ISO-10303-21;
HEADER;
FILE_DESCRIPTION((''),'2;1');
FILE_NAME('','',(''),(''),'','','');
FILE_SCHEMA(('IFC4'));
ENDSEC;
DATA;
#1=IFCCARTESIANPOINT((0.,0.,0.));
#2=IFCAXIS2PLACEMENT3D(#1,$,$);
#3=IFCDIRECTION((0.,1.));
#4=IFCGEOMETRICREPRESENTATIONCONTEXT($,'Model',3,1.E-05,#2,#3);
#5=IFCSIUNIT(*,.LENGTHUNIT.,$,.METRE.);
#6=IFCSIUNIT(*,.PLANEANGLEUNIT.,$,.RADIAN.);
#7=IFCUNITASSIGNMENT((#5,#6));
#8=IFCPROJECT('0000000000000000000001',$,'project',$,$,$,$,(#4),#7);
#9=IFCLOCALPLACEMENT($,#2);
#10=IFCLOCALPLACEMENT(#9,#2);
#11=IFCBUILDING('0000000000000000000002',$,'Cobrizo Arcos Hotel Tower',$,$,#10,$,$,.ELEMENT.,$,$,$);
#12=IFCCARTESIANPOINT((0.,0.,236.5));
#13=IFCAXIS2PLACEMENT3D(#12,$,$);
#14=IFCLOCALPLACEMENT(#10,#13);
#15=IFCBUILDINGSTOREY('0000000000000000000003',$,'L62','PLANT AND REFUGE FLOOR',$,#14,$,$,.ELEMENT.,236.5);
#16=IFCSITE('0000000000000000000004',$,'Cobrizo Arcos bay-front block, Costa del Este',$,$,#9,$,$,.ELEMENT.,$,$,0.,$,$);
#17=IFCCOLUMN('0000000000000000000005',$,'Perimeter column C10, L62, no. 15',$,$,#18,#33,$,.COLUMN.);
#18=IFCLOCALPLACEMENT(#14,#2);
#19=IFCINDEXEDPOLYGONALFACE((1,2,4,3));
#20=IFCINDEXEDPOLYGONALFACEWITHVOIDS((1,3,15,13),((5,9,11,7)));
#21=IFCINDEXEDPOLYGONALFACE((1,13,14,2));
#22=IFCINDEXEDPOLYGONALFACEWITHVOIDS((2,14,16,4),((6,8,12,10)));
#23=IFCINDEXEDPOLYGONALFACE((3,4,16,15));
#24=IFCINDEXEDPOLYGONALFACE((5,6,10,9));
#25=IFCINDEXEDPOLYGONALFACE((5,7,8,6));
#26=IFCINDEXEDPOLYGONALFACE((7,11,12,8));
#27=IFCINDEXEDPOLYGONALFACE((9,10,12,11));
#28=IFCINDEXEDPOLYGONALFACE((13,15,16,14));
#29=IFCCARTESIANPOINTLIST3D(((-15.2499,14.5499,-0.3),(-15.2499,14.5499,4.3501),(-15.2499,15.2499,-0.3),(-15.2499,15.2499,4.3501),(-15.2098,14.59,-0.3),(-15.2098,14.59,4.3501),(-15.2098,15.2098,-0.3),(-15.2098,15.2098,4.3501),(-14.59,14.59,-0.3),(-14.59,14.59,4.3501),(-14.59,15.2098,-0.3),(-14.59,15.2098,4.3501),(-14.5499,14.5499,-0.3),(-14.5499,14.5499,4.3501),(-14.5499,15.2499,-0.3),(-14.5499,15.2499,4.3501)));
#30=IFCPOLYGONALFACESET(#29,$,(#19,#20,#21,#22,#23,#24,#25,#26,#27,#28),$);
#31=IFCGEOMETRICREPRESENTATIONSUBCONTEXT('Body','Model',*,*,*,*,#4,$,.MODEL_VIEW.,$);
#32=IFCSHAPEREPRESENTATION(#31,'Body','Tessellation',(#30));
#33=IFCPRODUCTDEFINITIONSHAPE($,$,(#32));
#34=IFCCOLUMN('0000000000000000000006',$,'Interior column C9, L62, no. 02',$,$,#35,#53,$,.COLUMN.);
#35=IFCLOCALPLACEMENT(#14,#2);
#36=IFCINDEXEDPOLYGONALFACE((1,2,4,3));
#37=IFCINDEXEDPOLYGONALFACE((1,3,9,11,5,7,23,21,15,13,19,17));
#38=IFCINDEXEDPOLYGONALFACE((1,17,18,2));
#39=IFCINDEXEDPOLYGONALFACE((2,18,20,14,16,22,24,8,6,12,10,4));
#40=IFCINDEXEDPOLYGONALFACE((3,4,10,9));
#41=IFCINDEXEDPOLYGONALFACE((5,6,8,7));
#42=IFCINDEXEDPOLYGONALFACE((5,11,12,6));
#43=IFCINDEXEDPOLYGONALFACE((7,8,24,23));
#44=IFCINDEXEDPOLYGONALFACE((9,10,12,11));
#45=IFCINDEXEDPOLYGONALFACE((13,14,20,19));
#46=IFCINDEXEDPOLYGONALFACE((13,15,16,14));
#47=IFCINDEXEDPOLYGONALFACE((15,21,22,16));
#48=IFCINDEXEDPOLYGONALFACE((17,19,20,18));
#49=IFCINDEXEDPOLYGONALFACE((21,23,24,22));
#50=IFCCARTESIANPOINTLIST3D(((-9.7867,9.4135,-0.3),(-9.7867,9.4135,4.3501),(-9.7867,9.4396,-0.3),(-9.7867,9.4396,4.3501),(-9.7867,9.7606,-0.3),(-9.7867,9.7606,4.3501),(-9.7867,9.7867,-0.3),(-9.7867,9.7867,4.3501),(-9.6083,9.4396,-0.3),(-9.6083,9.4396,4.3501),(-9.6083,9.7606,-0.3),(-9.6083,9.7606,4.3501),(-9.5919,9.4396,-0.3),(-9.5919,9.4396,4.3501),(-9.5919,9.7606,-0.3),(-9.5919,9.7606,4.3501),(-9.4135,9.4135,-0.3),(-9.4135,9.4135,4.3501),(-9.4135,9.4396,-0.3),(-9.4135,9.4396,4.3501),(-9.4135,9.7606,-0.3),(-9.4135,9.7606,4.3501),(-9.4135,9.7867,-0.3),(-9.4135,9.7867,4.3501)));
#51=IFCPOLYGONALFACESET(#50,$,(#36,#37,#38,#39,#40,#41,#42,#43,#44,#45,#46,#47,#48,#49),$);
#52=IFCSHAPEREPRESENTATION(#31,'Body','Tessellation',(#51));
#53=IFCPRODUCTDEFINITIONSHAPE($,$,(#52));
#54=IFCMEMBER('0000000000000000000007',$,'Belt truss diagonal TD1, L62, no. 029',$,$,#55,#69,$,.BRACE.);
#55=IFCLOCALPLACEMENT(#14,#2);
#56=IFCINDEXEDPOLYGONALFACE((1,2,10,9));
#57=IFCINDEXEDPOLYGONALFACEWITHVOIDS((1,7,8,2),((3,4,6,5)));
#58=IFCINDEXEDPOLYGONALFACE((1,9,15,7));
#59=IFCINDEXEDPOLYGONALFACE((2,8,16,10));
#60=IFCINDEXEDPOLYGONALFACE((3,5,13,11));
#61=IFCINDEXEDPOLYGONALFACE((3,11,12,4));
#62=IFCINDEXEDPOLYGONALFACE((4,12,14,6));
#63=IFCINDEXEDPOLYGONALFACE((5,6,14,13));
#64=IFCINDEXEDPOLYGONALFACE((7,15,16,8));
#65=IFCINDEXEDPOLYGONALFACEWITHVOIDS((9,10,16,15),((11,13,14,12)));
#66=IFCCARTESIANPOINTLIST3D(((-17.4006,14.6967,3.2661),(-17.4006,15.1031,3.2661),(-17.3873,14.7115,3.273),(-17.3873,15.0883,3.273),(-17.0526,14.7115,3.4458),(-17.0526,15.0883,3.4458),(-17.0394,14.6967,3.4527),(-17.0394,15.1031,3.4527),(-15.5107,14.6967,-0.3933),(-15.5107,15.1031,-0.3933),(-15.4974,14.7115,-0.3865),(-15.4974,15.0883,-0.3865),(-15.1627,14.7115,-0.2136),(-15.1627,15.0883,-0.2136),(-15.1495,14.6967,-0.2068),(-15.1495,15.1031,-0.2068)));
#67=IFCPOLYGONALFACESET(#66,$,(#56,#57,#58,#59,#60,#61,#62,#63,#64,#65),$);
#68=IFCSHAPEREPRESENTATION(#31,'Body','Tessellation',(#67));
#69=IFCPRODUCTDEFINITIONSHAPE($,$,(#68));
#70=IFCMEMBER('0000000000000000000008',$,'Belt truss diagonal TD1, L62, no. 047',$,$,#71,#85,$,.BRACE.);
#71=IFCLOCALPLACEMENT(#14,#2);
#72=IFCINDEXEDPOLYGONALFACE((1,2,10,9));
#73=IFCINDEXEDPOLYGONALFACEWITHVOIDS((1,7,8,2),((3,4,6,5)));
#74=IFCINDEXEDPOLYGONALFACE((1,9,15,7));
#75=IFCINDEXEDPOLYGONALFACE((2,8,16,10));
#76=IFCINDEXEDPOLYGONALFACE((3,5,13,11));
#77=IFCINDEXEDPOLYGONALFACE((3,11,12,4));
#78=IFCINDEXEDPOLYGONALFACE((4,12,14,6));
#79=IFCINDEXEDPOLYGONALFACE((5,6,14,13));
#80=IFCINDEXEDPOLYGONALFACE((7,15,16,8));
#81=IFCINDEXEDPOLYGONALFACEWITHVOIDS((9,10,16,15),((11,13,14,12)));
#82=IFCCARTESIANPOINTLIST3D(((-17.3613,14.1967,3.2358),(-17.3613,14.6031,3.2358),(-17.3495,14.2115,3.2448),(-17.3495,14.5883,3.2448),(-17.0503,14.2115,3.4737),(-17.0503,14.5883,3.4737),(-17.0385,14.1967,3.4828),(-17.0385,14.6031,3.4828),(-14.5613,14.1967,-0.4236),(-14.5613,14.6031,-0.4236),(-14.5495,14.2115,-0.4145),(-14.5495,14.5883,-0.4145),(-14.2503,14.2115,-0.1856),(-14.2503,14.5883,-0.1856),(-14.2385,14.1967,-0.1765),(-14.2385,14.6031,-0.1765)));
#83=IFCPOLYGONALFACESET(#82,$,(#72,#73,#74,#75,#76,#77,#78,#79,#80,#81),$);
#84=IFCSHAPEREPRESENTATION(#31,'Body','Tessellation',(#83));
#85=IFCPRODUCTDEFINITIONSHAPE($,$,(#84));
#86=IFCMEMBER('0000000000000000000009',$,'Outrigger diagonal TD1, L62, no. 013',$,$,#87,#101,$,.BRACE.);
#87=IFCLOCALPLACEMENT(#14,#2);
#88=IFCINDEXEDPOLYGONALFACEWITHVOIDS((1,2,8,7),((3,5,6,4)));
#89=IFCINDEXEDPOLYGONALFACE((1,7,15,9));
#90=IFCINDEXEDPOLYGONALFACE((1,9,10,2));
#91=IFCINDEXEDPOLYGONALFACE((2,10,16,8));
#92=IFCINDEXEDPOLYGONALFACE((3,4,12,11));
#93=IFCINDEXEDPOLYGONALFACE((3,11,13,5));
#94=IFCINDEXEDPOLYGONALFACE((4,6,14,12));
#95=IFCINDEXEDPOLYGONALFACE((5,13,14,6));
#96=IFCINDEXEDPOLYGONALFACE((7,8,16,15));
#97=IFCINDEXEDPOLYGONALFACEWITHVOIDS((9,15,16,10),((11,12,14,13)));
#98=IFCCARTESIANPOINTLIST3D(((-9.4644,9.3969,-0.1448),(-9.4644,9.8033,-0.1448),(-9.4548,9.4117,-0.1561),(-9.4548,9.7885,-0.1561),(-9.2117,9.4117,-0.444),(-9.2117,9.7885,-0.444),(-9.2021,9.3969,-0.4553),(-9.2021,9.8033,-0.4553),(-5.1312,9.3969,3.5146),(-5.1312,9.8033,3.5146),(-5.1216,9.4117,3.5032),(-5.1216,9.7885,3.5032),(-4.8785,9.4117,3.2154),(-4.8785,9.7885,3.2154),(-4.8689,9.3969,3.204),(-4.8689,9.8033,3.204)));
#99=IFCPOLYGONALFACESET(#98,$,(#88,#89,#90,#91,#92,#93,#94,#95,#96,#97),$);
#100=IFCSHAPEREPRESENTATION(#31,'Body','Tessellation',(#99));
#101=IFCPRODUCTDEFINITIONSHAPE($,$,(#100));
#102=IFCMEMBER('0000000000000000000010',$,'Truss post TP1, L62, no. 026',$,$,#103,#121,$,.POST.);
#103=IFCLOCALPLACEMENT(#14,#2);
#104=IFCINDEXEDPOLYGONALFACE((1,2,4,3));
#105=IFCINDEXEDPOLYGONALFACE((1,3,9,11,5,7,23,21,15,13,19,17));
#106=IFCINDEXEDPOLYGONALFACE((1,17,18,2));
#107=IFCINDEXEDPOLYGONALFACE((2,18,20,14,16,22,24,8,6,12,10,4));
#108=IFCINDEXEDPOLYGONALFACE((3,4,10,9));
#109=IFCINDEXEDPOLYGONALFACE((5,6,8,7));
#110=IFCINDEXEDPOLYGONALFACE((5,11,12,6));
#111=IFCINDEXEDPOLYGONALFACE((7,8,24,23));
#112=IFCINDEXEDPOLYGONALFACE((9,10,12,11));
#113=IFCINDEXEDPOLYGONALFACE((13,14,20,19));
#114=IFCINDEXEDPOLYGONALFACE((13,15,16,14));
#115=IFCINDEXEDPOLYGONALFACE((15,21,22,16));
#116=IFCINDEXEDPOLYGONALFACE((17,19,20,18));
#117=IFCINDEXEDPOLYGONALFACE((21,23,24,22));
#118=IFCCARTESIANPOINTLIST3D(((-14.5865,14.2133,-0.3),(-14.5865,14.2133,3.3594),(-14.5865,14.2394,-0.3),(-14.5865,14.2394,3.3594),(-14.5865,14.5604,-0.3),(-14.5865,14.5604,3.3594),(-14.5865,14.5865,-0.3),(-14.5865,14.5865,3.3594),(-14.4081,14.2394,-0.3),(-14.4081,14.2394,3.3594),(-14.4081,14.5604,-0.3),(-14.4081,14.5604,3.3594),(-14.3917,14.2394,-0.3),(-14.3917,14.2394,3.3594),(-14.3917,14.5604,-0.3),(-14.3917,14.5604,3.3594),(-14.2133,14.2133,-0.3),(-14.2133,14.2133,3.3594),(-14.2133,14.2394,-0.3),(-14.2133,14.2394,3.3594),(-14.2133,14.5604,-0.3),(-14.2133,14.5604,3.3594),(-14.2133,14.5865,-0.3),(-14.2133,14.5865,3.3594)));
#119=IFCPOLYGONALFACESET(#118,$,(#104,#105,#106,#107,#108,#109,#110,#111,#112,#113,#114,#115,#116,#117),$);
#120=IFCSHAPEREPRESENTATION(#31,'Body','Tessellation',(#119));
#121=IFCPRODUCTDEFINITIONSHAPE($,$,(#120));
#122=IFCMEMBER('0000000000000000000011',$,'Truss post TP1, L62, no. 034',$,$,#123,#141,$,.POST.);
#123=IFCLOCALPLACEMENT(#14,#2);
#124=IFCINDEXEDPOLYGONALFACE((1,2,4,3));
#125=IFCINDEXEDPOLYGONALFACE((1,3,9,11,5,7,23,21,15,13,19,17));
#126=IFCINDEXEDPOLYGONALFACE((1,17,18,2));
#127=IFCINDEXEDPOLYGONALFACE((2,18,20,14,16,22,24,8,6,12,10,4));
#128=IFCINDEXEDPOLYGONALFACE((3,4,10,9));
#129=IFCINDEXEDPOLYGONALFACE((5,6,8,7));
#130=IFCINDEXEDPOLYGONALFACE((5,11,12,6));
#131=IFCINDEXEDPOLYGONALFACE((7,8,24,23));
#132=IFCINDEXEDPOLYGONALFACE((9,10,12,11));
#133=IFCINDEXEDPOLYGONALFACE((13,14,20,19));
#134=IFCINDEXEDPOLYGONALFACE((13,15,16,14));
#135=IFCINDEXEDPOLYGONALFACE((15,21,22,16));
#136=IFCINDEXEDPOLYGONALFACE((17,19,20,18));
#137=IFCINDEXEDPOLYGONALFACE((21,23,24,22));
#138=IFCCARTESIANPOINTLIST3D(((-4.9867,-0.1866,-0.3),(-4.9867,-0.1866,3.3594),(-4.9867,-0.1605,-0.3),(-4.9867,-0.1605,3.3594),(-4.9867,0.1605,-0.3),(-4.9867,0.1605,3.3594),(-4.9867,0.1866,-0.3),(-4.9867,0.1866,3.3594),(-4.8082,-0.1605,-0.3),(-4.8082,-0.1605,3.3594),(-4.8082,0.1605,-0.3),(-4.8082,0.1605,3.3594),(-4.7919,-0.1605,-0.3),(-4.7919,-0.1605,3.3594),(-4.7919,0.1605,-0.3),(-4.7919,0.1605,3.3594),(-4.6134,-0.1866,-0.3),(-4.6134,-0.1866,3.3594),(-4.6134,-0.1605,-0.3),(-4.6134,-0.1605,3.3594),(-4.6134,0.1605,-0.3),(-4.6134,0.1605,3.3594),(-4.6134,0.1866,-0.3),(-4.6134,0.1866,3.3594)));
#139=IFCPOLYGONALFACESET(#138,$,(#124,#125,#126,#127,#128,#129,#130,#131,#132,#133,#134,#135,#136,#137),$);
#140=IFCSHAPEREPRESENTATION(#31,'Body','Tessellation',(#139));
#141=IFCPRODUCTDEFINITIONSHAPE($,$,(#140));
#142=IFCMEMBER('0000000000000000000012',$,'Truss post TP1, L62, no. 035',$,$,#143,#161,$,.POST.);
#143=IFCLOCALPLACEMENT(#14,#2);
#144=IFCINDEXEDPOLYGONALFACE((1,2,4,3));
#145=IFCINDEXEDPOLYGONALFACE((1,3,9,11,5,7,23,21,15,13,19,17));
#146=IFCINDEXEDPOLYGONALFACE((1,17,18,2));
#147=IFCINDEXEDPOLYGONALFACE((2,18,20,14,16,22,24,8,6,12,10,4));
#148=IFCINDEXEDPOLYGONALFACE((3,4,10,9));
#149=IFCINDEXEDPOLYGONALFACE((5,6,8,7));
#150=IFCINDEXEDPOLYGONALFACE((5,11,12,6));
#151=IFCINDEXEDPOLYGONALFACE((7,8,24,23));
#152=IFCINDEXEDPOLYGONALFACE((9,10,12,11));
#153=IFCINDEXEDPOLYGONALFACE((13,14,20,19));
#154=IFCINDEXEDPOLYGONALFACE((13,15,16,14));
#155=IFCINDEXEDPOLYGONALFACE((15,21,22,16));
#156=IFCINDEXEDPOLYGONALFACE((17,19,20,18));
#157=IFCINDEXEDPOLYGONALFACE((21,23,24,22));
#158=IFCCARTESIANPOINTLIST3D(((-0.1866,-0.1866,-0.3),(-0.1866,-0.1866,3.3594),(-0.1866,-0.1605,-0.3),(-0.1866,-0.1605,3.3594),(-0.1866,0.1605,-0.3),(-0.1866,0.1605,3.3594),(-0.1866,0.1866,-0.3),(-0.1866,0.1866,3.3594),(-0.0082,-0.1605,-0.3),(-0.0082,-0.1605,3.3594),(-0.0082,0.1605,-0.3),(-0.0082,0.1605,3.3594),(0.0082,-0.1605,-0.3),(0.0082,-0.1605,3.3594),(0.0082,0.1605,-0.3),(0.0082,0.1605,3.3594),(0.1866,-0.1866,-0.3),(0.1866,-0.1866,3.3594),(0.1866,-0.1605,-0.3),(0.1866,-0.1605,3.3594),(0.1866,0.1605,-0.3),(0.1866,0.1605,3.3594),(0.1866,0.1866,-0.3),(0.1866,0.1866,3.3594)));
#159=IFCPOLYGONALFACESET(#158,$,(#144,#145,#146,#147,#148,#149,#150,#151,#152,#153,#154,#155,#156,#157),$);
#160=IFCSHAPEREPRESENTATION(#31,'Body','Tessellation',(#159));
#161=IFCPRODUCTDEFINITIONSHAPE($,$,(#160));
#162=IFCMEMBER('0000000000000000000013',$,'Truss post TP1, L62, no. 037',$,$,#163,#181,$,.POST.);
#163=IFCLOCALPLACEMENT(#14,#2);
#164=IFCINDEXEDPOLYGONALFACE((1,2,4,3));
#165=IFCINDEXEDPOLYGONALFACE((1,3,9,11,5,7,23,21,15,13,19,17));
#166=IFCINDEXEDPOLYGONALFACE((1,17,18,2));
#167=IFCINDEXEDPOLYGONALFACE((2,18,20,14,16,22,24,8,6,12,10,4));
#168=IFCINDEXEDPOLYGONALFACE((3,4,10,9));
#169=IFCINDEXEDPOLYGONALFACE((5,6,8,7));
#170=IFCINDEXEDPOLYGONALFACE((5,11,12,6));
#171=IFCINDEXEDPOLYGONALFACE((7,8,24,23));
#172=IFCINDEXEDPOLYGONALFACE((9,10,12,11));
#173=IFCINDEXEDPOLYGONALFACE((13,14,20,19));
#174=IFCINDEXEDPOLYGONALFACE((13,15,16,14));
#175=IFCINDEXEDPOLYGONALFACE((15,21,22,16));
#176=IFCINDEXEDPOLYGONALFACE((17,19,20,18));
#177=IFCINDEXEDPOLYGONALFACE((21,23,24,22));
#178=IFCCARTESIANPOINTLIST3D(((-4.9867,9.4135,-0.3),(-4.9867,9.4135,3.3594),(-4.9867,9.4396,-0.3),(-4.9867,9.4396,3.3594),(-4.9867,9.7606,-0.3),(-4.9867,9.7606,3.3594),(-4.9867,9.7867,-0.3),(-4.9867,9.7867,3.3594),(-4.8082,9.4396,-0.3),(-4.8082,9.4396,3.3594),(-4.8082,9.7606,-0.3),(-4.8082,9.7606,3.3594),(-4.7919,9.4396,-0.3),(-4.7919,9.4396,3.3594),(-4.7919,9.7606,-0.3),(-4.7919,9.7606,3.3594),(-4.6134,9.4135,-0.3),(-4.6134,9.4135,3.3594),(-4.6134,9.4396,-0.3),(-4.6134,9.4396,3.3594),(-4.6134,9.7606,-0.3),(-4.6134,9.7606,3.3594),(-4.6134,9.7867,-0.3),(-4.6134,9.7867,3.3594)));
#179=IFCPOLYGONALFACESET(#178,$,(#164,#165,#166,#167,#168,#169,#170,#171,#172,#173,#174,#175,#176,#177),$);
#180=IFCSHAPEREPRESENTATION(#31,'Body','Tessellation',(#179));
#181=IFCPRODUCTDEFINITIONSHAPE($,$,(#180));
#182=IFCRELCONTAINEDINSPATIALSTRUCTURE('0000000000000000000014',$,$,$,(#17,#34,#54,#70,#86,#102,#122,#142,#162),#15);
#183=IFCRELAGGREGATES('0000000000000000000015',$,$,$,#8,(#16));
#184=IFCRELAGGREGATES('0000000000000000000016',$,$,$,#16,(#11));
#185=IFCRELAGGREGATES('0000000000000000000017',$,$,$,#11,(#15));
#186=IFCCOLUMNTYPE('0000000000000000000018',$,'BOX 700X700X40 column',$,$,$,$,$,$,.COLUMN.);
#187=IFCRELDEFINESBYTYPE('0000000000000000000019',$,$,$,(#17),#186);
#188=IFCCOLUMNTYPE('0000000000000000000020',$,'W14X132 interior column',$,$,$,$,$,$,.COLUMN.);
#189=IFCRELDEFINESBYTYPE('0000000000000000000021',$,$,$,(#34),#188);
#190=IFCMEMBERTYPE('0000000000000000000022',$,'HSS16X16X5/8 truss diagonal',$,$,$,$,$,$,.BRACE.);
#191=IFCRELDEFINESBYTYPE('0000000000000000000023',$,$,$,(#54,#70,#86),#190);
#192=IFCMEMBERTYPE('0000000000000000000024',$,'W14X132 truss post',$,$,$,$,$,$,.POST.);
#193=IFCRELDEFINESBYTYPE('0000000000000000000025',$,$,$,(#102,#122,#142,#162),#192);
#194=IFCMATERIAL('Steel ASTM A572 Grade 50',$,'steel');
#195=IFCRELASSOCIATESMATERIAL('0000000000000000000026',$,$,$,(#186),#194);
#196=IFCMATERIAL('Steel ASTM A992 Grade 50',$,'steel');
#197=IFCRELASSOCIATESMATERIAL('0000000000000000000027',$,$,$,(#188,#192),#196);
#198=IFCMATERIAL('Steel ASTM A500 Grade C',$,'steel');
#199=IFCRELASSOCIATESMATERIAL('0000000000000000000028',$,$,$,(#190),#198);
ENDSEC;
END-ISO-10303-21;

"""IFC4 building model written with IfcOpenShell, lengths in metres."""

from ifc_helpers import new_model, si_unit, direction, frame, origin, origin_2d, place, context, subcontext, project, spatial, hollow_rectangle, i_section, extrude, material, material_profile, profile_set, type_object, element, save


model = new_model("IFC4")

# Units and contexts
model_context = context("Model", 3, precision=1e-05, world=origin(), true_north=direction((0.0, 1.0)))
body_context = subcontext(model_context, "Body", "Model", "MODEL_VIEW")
ifc_project = project(units=[si_unit("LENGTHUNIT", "METRE"), si_unit("PLANEANGLEUNIT", "RADIAN")], contexts=[model_context])

# Site, building, storey
site_placement = place(None, origin())
site = spatial("IfcSite", under=ifc_project, at=site_placement, Name="Cobrizo Arcos bay-front block, Costa del Este", CompositionType="ELEMENT", RefElevation=0.0)
building_placement = place(site_placement, origin())
building = spatial("IfcBuilding", under=site, at=building_placement, Name="Cobrizo Arcos Hotel Tower", CompositionType="ELEMENT")
storey_placement = place(building_placement, frame((0.0, 0.0, 236.5)))
storey = spatial("IfcBuildingStorey", under=building, at=storey_placement, Name="L62", Description="PLANT AND REFUGE FLOOR", CompositionType="ELEMENT", Elevation=236.5)

# Columns
ifc_material_1 = material(Name="Steel ASTM A572 Grade 50", Category="steel")
ifc_material_profile_1 = material_profile(ifc_material_1, hollow_rectangle(XDim=0.7, YDim=0.7, WallThickness=0.04, at=origin_2d()), Name="BOX 700X700X40")
ifc_profile_set_1 = profile_set([ifc_material_profile_1], Name="Steel ASTM A572 Grade 50")
column_type_1 = type_object("IfcColumnType", Name="BOX 700X700X40 column", PredefinedType="COLUMN", material=ifc_profile_set_1)
column_1_placement = place(storey_placement, frame((-14.8999, 14.8999, -0.3), z_axis=(0.0, 0.0, 1.0), x_axis=(1.0, 0.0, 0.0)))
element("IfcColumn", 1, at=column_1_placement, inside=storey, type_object=column_type_1, Name="Perimeter column C10, L62, no. 15", PredefinedType="COLUMN", context=body_context, shape_type="SweptSolid", body=[
    extrude(hollow_rectangle(XDim=0.7, YDim=0.7, WallThickness=0.04, at=origin_2d()), origin(), (0.0, 0.0, 1.0), 4.6501),
])
ifc_material_2 = material(Name="Steel ASTM A992 Grade 50", Category="steel")
ifc_material_profile_2 = material_profile(ifc_material_2, i_section(OverallWidth=0.3733, OverallDepth=0.3733, WebThickness=0.0164, FlangeThickness=0.0261, at=origin_2d()), Name="W14X132")
ifc_profile_set_2 = profile_set([ifc_material_profile_2], Name="Steel ASTM A992 Grade 50")
column_type_2 = type_object("IfcColumnType", Name="W14X132 interior column", PredefinedType="COLUMN", material=ifc_profile_set_2)
column_2_placement = place(storey_placement, frame((-9.6001, 9.6001, -0.3), z_axis=(0.0, 0.0, 1.0), x_axis=(1.0, 0.0, 0.0)))
element("IfcColumn", 2, at=column_2_placement, inside=storey, type_object=column_type_2, Name="Interior column C9, L62, no. 02", PredefinedType="COLUMN", context=body_context, shape_type="SweptSolid", body=[
    extrude(i_section(OverallWidth=0.3733, OverallDepth=0.3733, WebThickness=0.0164, FlangeThickness=0.0261, at=origin_2d()), origin(), (0.0, 0.0, 1.0), 4.6501),
])

# Members
ifc_material_3 = material(Name="Steel ASTM A500 Grade C", Category="steel")
ifc_material_profile_3 = material_profile(ifc_material_3, hollow_rectangle(XDim=0.4065, YDim=0.4065, WallThickness=0.0149, at=origin_2d()), Name="HSS16X16X5/8")
ifc_profile_set_3 = profile_set([ifc_material_profile_3], Name="Steel ASTM A500 Grade C")
member_type_1 = type_object("IfcMemberType", Name="HSS16X16X5/8 truss diagonal", PredefinedType="BRACE", material=ifc_profile_set_3)
member_1_placement = place(storey_placement, frame((-15.3301, 14.8999, -0.3), z_axis=(-0.458865, 0.0, 0.888506), x_axis=(0.0, -1.0, 0.0)))
element("IfcMember", 3, at=member_1_placement, inside=storey, type_object=member_type_1, Name="Belt truss diagonal TD1, L62, no. 029", PredefinedType="BRACE", context=body_context, shape_type="SweptSolid", body=[
    extrude(hollow_rectangle(XDim=0.4065, YDim=0.4065, WallThickness=0.0149, at=origin_2d()), origin(), (0.0, 0.0, 1.0), 4.1187),
])
member_2_placement = place(storey_placement, frame((-14.3999, 14.3999, -0.3), z_axis=(-0.607678, 0.0, 0.794183), x_axis=(0.0, -1.0, 0.0)))
element("IfcMember", 4, at=member_2_placement, inside=storey, type_object=member_type_1, Name="Belt truss diagonal TD1, L62, no. 047", PredefinedType="BRACE", context=body_context, shape_type="SweptSolid", body=[
    extrude(hollow_rectangle(XDim=0.4065, YDim=0.4065, WallThickness=0.0149, at=origin_2d()), origin(), (0.0, 0.0, 1.0), 4.6077),
])
member_3_placement = place(storey_placement, frame((-9.3333, 9.6001, -0.3), z_axis=(0.76401, 0.0, 0.645205), x_axis=(0.0, 1.0, 0.0)))
element("IfcMember", 5, at=member_3_placement, inside=storey, type_object=member_type_1, Name="Outrigger diagonal TD1, L62, no. 013", PredefinedType="BRACE", context=body_context, shape_type="SweptSolid", body=[
    extrude(hollow_rectangle(XDim=0.4065, YDim=0.4065, WallThickness=0.0149, at=origin_2d()), origin(), (0.0, 0.0, 1.0), 5.6716),
])
ifc_material_profile_4 = material_profile(ifc_material_2, i_section(OverallWidth=0.3733, OverallDepth=0.3733, WebThickness=0.0164, FlangeThickness=0.0261, at=origin_2d()), Name="W14X132")
ifc_profile_set_4 = profile_set([ifc_material_profile_4], Name="Steel ASTM A992 Grade 50")
member_type_2 = type_object("IfcMemberType", Name="W14X132 truss post", PredefinedType="POST", material=ifc_profile_set_4)
for number, where, z_axis, x_axis, name in (
    (6, (-14.3999, 14.3999, -0.3), (0.0, 0.0, 1.0), (1.0, 0.0, 0.0), "Truss post TP1, L62, no. 026"),
    (7, (-4.8, 0.0, -0.3), (0.0, 0.0, 1.0), (1.0, 0.0, 0.0), "Truss post TP1, L62, no. 034"),
    (8, (0.0, 0.0, -0.3), (0.0, 0.0, 1.0), (1.0, 0.0, 0.0), "Truss post TP1, L62, no. 035"),
    (9, (-4.8, 9.6001, -0.3), (0.0, 0.0, 1.0), (1.0, 0.0, 0.0), "Truss post TP1, L62, no. 037"),
):
    element("IfcMember", number, at=place(storey_placement, frame(where, z_axis=z_axis, x_axis=x_axis)), inside=storey, type_object=member_type_2, Name=name, PredefinedType="POST", context=body_context, shape_type="SweptSolid", body=[
        extrude(i_section(OverallWidth=0.3733, OverallDepth=0.3733, WebThickness=0.0164, FlangeThickness=0.0261, at=origin_2d()), origin(), (0.0, 0.0, 1.0), 3.6594),
    ])

save(model, "model.ifc")
